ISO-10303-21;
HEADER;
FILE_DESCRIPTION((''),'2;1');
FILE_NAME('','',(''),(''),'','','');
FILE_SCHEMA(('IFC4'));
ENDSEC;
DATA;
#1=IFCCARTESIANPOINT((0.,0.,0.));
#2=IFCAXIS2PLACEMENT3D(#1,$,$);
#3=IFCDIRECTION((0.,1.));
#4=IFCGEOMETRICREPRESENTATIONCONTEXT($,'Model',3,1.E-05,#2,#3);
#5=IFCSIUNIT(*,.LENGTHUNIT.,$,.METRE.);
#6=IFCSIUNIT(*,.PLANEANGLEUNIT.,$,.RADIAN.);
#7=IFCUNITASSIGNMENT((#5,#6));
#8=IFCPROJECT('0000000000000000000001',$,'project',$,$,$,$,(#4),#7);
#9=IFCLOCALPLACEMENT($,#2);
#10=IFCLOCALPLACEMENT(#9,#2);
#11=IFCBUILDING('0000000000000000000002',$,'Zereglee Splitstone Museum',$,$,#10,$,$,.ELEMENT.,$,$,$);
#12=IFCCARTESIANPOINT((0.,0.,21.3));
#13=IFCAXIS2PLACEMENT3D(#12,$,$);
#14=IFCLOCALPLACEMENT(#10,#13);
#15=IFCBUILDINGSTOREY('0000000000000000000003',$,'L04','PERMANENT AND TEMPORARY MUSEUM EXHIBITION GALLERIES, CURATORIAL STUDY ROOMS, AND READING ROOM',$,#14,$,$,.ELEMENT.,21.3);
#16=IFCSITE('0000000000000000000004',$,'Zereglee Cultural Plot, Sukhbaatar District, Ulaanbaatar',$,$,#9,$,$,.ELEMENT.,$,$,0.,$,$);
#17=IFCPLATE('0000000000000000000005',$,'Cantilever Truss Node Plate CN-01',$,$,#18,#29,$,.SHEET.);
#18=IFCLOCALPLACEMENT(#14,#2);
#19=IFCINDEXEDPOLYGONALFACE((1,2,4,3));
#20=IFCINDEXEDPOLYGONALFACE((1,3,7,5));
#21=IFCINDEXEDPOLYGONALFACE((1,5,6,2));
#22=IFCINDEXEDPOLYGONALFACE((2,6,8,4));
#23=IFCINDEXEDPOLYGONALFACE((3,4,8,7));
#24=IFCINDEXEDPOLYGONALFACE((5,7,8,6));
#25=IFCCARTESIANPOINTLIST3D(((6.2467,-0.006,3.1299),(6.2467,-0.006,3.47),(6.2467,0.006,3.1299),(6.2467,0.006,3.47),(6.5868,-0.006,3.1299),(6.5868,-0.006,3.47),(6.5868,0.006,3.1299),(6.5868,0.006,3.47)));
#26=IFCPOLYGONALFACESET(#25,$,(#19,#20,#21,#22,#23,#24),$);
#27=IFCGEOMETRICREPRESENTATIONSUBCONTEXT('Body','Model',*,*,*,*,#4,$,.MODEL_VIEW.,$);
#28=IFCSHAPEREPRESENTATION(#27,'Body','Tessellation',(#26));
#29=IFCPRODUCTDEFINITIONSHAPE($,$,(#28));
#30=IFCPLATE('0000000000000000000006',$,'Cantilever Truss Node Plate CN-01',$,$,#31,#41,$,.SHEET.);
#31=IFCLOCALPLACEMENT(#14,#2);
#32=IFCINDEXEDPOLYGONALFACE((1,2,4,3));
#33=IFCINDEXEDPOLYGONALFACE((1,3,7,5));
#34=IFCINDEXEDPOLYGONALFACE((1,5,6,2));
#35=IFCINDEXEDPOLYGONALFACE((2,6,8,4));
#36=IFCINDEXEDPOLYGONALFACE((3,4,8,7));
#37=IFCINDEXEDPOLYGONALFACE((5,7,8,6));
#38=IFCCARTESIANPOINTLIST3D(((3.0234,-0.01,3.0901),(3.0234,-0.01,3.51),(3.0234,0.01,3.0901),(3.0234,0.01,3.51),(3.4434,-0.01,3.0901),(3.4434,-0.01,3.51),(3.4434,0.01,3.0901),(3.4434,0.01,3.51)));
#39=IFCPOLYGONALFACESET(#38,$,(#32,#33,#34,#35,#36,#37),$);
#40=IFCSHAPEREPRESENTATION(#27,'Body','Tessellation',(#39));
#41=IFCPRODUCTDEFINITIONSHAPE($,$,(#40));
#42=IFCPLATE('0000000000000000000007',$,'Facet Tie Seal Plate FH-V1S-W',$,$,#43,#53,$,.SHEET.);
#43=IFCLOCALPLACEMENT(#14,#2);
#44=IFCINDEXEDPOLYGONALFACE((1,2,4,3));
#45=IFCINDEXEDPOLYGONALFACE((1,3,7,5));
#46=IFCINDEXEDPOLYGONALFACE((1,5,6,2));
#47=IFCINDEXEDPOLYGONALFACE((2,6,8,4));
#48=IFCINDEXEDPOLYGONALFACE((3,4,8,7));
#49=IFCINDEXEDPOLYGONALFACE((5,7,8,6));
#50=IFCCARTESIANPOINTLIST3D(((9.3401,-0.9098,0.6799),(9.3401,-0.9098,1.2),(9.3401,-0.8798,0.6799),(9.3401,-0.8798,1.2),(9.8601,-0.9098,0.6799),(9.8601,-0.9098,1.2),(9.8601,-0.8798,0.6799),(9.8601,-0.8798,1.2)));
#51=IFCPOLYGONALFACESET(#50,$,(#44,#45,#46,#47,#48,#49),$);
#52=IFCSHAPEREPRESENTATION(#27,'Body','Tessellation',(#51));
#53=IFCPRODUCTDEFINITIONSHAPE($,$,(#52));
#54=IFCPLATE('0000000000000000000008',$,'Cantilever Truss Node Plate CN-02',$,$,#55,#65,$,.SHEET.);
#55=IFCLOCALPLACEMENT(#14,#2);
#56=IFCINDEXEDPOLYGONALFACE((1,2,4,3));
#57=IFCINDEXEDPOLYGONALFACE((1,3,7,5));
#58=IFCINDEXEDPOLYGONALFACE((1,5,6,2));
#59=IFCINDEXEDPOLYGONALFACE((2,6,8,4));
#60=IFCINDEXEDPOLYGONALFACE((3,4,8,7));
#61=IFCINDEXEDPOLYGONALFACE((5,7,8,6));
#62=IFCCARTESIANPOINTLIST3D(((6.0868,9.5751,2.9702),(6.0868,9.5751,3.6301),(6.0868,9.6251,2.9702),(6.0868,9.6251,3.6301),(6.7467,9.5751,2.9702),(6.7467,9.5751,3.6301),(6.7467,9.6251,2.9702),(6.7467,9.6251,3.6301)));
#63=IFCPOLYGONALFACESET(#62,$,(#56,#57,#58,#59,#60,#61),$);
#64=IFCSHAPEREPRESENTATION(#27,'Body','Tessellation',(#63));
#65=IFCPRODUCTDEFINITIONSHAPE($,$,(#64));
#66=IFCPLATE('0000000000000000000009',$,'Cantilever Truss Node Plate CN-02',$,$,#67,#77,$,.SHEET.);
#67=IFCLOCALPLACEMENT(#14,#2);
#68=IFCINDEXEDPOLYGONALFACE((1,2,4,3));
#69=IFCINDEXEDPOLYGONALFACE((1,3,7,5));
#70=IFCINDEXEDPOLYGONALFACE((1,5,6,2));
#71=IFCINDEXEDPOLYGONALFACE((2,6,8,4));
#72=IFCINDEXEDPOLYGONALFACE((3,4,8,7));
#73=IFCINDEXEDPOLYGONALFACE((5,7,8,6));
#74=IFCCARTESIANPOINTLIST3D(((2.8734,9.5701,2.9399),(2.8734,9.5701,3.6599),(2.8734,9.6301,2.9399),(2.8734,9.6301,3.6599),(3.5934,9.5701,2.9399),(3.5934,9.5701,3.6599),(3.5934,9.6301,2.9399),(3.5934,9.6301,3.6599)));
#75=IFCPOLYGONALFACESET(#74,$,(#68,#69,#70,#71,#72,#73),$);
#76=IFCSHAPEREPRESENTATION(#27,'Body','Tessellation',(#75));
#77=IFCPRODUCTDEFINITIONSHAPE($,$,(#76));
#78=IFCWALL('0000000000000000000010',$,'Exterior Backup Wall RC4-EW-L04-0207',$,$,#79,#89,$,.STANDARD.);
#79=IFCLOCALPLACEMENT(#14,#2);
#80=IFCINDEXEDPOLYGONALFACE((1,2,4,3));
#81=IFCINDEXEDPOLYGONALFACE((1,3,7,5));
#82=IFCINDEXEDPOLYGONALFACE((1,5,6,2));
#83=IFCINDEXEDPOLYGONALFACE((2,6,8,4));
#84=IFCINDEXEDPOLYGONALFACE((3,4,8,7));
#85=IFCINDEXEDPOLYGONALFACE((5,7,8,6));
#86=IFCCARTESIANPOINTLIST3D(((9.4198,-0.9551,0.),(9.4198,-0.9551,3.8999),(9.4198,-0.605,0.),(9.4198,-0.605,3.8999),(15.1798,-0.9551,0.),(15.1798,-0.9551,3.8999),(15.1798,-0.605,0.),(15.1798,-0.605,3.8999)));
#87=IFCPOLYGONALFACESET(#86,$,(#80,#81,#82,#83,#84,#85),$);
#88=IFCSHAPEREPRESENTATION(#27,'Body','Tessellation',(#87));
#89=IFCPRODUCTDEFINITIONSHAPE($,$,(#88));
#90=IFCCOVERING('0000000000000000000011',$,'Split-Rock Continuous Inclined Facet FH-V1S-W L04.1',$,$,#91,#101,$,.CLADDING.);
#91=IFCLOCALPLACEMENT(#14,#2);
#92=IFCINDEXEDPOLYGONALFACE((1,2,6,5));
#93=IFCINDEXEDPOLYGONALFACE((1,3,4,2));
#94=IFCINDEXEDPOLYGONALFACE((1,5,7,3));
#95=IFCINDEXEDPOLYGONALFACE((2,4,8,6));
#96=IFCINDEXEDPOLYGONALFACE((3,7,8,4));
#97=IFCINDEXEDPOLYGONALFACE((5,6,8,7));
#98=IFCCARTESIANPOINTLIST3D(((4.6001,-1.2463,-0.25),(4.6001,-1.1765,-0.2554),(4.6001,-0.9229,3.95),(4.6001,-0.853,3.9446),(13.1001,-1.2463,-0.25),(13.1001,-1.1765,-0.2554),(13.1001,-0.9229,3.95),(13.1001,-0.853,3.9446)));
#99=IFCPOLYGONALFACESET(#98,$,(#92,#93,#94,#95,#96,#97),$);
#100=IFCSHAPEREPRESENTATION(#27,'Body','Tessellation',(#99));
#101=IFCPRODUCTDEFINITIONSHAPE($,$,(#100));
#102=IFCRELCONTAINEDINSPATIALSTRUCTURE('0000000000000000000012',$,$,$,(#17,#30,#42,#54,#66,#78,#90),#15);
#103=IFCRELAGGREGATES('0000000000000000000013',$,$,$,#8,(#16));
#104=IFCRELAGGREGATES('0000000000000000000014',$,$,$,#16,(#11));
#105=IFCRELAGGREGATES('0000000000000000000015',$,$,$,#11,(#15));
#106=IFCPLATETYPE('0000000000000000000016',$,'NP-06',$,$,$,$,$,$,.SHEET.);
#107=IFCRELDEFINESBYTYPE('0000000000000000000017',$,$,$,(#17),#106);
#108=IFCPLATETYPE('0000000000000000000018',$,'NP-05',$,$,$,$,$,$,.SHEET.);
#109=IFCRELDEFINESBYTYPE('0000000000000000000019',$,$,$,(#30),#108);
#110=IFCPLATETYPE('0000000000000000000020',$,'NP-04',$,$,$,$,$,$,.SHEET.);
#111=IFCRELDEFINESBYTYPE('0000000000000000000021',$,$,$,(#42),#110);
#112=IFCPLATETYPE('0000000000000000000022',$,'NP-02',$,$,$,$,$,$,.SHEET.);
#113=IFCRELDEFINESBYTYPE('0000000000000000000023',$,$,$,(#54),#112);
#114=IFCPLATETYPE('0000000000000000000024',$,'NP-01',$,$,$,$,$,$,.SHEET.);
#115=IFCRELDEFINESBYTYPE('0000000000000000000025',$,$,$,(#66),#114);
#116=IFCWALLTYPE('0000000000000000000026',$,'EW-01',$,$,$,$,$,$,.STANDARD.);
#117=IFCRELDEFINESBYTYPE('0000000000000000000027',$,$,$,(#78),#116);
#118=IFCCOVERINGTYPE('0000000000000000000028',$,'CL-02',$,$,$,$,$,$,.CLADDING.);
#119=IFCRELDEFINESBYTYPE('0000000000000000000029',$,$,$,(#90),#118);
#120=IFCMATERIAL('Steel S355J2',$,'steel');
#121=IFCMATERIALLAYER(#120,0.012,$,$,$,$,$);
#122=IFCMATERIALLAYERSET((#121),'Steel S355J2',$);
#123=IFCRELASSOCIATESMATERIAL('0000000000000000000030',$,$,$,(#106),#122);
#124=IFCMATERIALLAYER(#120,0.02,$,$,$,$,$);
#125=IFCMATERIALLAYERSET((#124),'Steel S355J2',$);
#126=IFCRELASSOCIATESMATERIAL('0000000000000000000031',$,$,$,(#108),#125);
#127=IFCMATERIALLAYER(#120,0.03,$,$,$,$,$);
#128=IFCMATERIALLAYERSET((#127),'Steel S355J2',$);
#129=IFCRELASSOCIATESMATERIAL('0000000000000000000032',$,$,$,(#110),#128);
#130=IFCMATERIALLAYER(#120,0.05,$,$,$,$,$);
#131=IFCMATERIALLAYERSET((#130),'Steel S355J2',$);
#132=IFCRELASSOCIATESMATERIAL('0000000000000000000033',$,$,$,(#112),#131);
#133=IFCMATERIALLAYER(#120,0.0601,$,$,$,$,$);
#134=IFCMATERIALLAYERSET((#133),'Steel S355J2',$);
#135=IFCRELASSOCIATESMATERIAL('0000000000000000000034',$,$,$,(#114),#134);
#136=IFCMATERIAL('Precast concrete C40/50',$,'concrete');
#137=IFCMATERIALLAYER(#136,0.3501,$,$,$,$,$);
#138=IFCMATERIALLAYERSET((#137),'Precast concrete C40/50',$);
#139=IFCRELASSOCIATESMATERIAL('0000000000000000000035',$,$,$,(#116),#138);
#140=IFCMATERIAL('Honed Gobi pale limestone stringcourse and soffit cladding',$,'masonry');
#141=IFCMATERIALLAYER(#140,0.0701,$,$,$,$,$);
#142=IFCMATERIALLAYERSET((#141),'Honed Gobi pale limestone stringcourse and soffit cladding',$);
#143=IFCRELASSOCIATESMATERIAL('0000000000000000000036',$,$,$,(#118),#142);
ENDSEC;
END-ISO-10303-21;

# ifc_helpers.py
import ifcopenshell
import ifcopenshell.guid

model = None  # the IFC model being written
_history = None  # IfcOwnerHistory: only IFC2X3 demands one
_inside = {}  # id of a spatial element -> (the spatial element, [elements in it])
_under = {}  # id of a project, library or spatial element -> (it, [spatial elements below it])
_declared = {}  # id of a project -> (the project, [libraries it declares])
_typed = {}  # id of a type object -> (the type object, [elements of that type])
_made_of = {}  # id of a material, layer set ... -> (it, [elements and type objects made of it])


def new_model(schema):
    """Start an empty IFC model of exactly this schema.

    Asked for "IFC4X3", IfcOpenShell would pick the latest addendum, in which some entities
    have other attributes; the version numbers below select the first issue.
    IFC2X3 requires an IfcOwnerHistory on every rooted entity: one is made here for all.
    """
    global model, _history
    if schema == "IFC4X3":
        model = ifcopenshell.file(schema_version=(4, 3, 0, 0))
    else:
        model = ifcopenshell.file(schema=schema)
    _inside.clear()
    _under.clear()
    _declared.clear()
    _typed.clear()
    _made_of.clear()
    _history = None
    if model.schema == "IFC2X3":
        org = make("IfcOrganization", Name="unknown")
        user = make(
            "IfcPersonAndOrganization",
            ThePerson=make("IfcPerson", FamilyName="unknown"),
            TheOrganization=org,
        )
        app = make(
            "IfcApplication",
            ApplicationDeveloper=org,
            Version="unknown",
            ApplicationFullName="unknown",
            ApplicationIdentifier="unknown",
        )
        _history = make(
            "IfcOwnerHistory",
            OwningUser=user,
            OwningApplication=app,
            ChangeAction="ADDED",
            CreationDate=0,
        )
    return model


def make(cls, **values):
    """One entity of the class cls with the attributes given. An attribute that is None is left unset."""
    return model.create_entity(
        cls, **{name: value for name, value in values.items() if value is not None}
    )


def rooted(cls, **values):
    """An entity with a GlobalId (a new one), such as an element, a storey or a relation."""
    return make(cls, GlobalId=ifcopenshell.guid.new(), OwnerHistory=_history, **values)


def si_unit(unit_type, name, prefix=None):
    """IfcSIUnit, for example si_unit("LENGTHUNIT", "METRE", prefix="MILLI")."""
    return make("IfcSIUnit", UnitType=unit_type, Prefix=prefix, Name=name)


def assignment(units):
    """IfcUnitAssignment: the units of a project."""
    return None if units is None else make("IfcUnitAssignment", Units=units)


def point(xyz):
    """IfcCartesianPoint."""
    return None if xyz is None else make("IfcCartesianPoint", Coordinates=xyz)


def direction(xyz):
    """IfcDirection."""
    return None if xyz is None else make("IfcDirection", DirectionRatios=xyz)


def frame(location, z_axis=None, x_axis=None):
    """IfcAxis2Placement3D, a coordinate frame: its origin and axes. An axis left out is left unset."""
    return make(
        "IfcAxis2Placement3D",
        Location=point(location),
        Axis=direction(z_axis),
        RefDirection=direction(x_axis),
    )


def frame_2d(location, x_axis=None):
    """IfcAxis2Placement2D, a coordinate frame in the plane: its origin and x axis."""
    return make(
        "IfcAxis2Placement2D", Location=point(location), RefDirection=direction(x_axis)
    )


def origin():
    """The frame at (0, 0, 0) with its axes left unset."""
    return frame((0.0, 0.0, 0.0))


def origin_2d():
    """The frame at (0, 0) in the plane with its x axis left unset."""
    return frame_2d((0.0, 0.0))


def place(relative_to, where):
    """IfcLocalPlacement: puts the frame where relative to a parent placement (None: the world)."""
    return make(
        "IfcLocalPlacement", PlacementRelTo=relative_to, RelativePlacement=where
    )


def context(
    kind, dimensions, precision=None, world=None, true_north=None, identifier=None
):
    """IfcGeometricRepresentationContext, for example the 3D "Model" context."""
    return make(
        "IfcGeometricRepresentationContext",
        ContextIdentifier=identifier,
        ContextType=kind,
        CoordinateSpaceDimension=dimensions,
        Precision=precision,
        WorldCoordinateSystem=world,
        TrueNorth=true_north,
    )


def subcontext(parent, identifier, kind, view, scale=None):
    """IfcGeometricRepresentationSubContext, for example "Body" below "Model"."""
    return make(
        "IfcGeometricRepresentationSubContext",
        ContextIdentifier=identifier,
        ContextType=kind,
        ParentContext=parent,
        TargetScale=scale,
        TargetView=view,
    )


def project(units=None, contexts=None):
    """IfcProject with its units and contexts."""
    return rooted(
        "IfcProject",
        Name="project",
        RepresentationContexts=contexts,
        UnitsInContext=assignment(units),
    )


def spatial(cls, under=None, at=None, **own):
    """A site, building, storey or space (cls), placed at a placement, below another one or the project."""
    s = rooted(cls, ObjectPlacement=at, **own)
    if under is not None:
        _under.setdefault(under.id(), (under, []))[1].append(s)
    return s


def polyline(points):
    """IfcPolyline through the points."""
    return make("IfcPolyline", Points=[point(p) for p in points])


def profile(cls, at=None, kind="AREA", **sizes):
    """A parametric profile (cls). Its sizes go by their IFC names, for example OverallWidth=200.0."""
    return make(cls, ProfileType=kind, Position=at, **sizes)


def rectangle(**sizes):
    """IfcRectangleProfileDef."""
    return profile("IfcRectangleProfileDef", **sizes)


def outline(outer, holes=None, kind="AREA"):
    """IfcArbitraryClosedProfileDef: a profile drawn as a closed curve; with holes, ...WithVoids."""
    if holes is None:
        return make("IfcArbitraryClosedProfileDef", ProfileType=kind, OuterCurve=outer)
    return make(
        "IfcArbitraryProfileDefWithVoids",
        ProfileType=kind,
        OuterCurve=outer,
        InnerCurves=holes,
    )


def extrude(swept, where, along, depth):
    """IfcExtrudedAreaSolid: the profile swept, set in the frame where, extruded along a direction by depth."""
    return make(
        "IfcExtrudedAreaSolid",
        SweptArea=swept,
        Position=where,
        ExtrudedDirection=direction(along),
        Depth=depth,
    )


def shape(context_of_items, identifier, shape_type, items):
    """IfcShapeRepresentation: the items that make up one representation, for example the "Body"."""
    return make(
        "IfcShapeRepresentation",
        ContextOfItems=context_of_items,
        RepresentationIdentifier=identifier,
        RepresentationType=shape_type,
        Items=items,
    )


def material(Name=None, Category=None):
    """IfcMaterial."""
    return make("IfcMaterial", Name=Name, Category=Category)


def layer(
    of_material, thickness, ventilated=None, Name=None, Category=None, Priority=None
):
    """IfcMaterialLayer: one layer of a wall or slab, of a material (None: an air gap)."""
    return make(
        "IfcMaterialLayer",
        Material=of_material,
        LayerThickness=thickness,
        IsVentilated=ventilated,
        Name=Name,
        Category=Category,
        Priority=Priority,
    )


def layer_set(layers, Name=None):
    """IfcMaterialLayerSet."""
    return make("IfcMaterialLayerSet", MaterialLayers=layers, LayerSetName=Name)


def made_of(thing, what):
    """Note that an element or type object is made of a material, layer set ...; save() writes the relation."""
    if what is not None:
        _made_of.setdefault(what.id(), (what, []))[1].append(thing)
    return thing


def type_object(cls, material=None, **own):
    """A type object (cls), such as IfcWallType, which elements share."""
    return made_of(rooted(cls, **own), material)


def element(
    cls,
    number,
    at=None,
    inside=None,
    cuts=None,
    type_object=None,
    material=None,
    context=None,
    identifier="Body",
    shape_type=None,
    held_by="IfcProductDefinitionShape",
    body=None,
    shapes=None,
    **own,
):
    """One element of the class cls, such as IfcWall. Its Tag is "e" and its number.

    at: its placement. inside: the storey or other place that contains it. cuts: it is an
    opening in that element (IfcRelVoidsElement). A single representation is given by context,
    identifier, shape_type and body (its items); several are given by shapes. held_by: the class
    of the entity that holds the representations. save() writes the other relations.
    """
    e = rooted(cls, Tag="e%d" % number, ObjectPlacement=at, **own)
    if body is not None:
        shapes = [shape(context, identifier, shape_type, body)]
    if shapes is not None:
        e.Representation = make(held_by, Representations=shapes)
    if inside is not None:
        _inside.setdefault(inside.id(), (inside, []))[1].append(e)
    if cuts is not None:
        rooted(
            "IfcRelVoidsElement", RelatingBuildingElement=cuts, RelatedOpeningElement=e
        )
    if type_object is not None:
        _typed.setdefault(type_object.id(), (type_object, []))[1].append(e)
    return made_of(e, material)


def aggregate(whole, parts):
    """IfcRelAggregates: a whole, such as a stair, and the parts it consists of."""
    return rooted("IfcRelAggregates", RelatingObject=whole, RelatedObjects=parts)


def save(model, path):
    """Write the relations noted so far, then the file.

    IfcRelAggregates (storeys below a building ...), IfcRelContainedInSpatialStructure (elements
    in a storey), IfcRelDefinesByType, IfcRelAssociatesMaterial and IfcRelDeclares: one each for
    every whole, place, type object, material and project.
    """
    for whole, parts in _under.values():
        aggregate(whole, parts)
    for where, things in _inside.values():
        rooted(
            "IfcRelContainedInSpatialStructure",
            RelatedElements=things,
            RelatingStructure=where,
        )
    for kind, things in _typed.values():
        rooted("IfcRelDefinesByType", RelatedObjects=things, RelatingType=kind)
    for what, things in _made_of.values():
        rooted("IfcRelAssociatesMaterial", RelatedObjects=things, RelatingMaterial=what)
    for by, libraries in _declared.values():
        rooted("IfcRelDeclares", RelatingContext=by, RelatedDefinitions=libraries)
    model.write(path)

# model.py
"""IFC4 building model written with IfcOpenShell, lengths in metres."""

from ifc_helpers import new_model, si_unit, direction, frame, frame_2d, origin, origin_2d, place, context, subcontext, project, spatial, polyline, rectangle, outline, extrude, material, layer, layer_set, type_object, element, save


model = new_model("IFC4")

# Units and contexts
model_context = context("Model", 3, precision=1e-05, world=origin(), true_north=direction((0.0, 1.0)))
body_context = subcontext(model_context, "Body", "Model", "MODEL_VIEW")
ifc_project = project(units=[si_unit("LENGTHUNIT", "METRE"), si_unit("PLANEANGLEUNIT", "RADIAN")], contexts=[model_context])

# Site, building, storey
site_placement = place(None, origin())
site = spatial("IfcSite", under=ifc_project, at=site_placement, Name="Zereglee Cultural Plot, Sukhbaatar District, Ulaanbaatar", CompositionType="ELEMENT", RefElevation=0.0)
building_placement = place(site_placement, origin())
building = spatial("IfcBuilding", under=site, at=building_placement, Name="Zereglee Splitstone Museum", CompositionType="ELEMENT")
storey_placement = place(building_placement, frame((0.0, 0.0, 21.3)))
storey = spatial("IfcBuildingStorey", under=building, at=storey_placement, Name="L04", Description="PERMANENT AND TEMPORARY MUSEUM EXHIBITION GALLERIES, CURATORIAL STUDY ROOMS, AND READING ROOM", CompositionType="ELEMENT", Elevation=21.3)

# Shared definitions
ifc_material_1 = material(Name="Steel S355J2", Category="steel")

# Plates
ifc_layer_1 = layer(ifc_material_1, 0.012)
ifc_layer_set_1 = layer_set([ifc_layer_1], Name="Steel S355J2")
plate_type_1 = type_object("IfcPlateType", Name="NP-06", PredefinedType="SHEET", material=ifc_layer_set_1)
plate_1_placement = place(storey_placement, frame((6.4167, 0.0, 3.1299), z_axis=(0.0, 0.0, 1.0), x_axis=(1.0, 0.0, 0.0)))
element("IfcPlate", 1, at=plate_1_placement, inside=storey, type_object=plate_type_1, Name="Cantilever Truss Node Plate CN-01", PredefinedType="SHEET", context=body_context, shape_type="SweptSolid", body=[
    extrude(rectangle(XDim=0.3401, YDim=0.012, at=origin_2d()), origin(), (0.0, 0.0, 1.0), 0.3401),
])
ifc_layer_2 = layer(ifc_material_1, 0.02)
ifc_layer_set_2 = layer_set([ifc_layer_2], Name="Steel S355J2")
plate_type_2 = type_object("IfcPlateType", Name="NP-05", PredefinedType="SHEET", material=ifc_layer_set_2)
plate_2_placement = place(storey_placement, frame((3.2334, 0.0, 3.0901), z_axis=(0.0, 0.0, 1.0), x_axis=(1.0, 0.0, 0.0)))
element("IfcPlate", 2, at=plate_2_placement, inside=storey, type_object=plate_type_2, Name="Cantilever Truss Node Plate CN-01", PredefinedType="SHEET", context=body_context, shape_type="SweptSolid", body=[
    extrude(rectangle(XDim=0.4199, YDim=0.02, at=origin_2d()), origin(), (0.0, 0.0, 1.0), 0.4199),
])
ifc_layer_3 = layer(ifc_material_1, 0.03)
ifc_layer_set_3 = layer_set([ifc_layer_3], Name="Steel S355J2")
plate_type_3 = type_object("IfcPlateType", Name="NP-04", PredefinedType="SHEET", material=ifc_layer_set_3)
plate_3_placement = place(storey_placement, frame((9.6001, -0.8948, 0.6799), z_axis=(0.0, 0.0, 1.0), x_axis=(1.0, 0.0, 0.0)))
element("IfcPlate", 3, at=plate_3_placement, inside=storey, type_object=plate_type_3, Name="Facet Tie Seal Plate FH-V1S-W", PredefinedType="SHEET", context=body_context, shape_type="SweptSolid", body=[
    extrude(rectangle(XDim=0.52, YDim=0.03, at=origin_2d()), origin(), (0.0, 0.0, 1.0), 0.52),
])
ifc_layer_4 = layer(ifc_material_1, 0.05)
ifc_layer_set_4 = layer_set([ifc_layer_4], Name="Steel S355J2")
plate_type_4 = type_object("IfcPlateType", Name="NP-02", PredefinedType="SHEET", material=ifc_layer_set_4)
plate_4_placement = place(storey_placement, frame((6.4167, 9.6001, 2.9702), z_axis=(0.0, 0.0, 1.0), x_axis=(1.0, 0.0, 0.0)))
element("IfcPlate", 4, at=plate_4_placement, inside=storey, type_object=plate_type_4, Name="Cantilever Truss Node Plate CN-02", PredefinedType="SHEET", context=body_context, shape_type="SweptSolid", body=[
    extrude(rectangle(XDim=0.6599, YDim=0.05, at=origin_2d()), origin(), (0.0, 0.0, 1.0), 0.6599),
])
ifc_layer_5 = layer(ifc_material_1, 0.0601)
ifc_layer_set_5 = layer_set([ifc_layer_5], Name="Steel S355J2")
plate_type_5 = type_object("IfcPlateType", Name="NP-01", PredefinedType="SHEET", material=ifc_layer_set_5)
plate_5_placement = place(storey_placement, frame((3.2334, 9.6001, 2.9399), z_axis=(0.0, 0.0, 1.0), x_axis=(1.0, 0.0, 0.0)))
element("IfcPlate", 5, at=plate_5_placement, inside=storey, type_object=plate_type_5, Name="Cantilever Truss Node Plate CN-02", PredefinedType="SHEET", context=body_context, shape_type="SweptSolid", body=[
    extrude(rectangle(XDim=0.72, YDim=0.0601, at=origin_2d()), origin(), (0.0, 0.0, 1.0), 0.72),
])

# Wall
ifc_material_2 = material(Name="Precast concrete C40/50", Category="concrete")
ifc_layer_6 = layer(ifc_material_2, 0.3501)
ifc_layer_set_6 = layer_set([ifc_layer_6], Name="Precast concrete C40/50")
wall_type = type_object("IfcWallType", Name="EW-01", PredefinedType="STANDARD", material=ifc_layer_set_6)
wall_placement = place(storey_placement, frame((9.4199, -0.78, 0.0), z_axis=(0.0, 0.0, 1.0), x_axis=(1.0, 0.0, 0.0)))
element("IfcWall", 6, at=wall_placement, inside=storey, type_object=wall_type, Name="Exterior Backup Wall RC4-EW-L04-0207", PredefinedType="STANDARD", context=body_context, shape_type="SweptSolid", body=[
    extrude(rectangle(XDim=5.76, YDim=0.3501, at=frame_2d((2.8799, 0.0))), origin(), (0.0, 0.0, 1.0), 3.8999),
])

# Covering
ifc_material_3 = material(Name="Honed Gobi pale limestone stringcourse and soffit cladding", Category="masonry")
ifc_layer_7 = layer(ifc_material_3, 0.0701)
ifc_layer_set_7 = layer_set([ifc_layer_7], Name="Honed Gobi pale limestone stringcourse and soffit cladding")
covering_type = type_object("IfcCoveringType", Name="CL-02", PredefinedType="CLADDING", material=ifc_layer_set_7)
covering_placement = place(storey_placement, frame((4.6001, -1.2463, -0.25), z_axis=(0.0, -0.997047, 0.076794), x_axis=(1.0, 0.0, 0.0)))
element("IfcCovering", 7, at=covering_placement, inside=storey, type_object=covering_type, Name="Split-Rock Continuous Inclined Facet FH-V1S-W L04.1", PredefinedType="CLADDING", context=body_context, shape_type="SweptSolid", body=[
    extrude(outline(polyline([(0.0, 0.0), (8.5, 0.0), (8.5, 4.2124), (0.0, 4.2124), (0.0, 0.0)])), origin(), (0.0, 0.0, -1.0), 0.0701),
])

save(model, "model.ifc")
